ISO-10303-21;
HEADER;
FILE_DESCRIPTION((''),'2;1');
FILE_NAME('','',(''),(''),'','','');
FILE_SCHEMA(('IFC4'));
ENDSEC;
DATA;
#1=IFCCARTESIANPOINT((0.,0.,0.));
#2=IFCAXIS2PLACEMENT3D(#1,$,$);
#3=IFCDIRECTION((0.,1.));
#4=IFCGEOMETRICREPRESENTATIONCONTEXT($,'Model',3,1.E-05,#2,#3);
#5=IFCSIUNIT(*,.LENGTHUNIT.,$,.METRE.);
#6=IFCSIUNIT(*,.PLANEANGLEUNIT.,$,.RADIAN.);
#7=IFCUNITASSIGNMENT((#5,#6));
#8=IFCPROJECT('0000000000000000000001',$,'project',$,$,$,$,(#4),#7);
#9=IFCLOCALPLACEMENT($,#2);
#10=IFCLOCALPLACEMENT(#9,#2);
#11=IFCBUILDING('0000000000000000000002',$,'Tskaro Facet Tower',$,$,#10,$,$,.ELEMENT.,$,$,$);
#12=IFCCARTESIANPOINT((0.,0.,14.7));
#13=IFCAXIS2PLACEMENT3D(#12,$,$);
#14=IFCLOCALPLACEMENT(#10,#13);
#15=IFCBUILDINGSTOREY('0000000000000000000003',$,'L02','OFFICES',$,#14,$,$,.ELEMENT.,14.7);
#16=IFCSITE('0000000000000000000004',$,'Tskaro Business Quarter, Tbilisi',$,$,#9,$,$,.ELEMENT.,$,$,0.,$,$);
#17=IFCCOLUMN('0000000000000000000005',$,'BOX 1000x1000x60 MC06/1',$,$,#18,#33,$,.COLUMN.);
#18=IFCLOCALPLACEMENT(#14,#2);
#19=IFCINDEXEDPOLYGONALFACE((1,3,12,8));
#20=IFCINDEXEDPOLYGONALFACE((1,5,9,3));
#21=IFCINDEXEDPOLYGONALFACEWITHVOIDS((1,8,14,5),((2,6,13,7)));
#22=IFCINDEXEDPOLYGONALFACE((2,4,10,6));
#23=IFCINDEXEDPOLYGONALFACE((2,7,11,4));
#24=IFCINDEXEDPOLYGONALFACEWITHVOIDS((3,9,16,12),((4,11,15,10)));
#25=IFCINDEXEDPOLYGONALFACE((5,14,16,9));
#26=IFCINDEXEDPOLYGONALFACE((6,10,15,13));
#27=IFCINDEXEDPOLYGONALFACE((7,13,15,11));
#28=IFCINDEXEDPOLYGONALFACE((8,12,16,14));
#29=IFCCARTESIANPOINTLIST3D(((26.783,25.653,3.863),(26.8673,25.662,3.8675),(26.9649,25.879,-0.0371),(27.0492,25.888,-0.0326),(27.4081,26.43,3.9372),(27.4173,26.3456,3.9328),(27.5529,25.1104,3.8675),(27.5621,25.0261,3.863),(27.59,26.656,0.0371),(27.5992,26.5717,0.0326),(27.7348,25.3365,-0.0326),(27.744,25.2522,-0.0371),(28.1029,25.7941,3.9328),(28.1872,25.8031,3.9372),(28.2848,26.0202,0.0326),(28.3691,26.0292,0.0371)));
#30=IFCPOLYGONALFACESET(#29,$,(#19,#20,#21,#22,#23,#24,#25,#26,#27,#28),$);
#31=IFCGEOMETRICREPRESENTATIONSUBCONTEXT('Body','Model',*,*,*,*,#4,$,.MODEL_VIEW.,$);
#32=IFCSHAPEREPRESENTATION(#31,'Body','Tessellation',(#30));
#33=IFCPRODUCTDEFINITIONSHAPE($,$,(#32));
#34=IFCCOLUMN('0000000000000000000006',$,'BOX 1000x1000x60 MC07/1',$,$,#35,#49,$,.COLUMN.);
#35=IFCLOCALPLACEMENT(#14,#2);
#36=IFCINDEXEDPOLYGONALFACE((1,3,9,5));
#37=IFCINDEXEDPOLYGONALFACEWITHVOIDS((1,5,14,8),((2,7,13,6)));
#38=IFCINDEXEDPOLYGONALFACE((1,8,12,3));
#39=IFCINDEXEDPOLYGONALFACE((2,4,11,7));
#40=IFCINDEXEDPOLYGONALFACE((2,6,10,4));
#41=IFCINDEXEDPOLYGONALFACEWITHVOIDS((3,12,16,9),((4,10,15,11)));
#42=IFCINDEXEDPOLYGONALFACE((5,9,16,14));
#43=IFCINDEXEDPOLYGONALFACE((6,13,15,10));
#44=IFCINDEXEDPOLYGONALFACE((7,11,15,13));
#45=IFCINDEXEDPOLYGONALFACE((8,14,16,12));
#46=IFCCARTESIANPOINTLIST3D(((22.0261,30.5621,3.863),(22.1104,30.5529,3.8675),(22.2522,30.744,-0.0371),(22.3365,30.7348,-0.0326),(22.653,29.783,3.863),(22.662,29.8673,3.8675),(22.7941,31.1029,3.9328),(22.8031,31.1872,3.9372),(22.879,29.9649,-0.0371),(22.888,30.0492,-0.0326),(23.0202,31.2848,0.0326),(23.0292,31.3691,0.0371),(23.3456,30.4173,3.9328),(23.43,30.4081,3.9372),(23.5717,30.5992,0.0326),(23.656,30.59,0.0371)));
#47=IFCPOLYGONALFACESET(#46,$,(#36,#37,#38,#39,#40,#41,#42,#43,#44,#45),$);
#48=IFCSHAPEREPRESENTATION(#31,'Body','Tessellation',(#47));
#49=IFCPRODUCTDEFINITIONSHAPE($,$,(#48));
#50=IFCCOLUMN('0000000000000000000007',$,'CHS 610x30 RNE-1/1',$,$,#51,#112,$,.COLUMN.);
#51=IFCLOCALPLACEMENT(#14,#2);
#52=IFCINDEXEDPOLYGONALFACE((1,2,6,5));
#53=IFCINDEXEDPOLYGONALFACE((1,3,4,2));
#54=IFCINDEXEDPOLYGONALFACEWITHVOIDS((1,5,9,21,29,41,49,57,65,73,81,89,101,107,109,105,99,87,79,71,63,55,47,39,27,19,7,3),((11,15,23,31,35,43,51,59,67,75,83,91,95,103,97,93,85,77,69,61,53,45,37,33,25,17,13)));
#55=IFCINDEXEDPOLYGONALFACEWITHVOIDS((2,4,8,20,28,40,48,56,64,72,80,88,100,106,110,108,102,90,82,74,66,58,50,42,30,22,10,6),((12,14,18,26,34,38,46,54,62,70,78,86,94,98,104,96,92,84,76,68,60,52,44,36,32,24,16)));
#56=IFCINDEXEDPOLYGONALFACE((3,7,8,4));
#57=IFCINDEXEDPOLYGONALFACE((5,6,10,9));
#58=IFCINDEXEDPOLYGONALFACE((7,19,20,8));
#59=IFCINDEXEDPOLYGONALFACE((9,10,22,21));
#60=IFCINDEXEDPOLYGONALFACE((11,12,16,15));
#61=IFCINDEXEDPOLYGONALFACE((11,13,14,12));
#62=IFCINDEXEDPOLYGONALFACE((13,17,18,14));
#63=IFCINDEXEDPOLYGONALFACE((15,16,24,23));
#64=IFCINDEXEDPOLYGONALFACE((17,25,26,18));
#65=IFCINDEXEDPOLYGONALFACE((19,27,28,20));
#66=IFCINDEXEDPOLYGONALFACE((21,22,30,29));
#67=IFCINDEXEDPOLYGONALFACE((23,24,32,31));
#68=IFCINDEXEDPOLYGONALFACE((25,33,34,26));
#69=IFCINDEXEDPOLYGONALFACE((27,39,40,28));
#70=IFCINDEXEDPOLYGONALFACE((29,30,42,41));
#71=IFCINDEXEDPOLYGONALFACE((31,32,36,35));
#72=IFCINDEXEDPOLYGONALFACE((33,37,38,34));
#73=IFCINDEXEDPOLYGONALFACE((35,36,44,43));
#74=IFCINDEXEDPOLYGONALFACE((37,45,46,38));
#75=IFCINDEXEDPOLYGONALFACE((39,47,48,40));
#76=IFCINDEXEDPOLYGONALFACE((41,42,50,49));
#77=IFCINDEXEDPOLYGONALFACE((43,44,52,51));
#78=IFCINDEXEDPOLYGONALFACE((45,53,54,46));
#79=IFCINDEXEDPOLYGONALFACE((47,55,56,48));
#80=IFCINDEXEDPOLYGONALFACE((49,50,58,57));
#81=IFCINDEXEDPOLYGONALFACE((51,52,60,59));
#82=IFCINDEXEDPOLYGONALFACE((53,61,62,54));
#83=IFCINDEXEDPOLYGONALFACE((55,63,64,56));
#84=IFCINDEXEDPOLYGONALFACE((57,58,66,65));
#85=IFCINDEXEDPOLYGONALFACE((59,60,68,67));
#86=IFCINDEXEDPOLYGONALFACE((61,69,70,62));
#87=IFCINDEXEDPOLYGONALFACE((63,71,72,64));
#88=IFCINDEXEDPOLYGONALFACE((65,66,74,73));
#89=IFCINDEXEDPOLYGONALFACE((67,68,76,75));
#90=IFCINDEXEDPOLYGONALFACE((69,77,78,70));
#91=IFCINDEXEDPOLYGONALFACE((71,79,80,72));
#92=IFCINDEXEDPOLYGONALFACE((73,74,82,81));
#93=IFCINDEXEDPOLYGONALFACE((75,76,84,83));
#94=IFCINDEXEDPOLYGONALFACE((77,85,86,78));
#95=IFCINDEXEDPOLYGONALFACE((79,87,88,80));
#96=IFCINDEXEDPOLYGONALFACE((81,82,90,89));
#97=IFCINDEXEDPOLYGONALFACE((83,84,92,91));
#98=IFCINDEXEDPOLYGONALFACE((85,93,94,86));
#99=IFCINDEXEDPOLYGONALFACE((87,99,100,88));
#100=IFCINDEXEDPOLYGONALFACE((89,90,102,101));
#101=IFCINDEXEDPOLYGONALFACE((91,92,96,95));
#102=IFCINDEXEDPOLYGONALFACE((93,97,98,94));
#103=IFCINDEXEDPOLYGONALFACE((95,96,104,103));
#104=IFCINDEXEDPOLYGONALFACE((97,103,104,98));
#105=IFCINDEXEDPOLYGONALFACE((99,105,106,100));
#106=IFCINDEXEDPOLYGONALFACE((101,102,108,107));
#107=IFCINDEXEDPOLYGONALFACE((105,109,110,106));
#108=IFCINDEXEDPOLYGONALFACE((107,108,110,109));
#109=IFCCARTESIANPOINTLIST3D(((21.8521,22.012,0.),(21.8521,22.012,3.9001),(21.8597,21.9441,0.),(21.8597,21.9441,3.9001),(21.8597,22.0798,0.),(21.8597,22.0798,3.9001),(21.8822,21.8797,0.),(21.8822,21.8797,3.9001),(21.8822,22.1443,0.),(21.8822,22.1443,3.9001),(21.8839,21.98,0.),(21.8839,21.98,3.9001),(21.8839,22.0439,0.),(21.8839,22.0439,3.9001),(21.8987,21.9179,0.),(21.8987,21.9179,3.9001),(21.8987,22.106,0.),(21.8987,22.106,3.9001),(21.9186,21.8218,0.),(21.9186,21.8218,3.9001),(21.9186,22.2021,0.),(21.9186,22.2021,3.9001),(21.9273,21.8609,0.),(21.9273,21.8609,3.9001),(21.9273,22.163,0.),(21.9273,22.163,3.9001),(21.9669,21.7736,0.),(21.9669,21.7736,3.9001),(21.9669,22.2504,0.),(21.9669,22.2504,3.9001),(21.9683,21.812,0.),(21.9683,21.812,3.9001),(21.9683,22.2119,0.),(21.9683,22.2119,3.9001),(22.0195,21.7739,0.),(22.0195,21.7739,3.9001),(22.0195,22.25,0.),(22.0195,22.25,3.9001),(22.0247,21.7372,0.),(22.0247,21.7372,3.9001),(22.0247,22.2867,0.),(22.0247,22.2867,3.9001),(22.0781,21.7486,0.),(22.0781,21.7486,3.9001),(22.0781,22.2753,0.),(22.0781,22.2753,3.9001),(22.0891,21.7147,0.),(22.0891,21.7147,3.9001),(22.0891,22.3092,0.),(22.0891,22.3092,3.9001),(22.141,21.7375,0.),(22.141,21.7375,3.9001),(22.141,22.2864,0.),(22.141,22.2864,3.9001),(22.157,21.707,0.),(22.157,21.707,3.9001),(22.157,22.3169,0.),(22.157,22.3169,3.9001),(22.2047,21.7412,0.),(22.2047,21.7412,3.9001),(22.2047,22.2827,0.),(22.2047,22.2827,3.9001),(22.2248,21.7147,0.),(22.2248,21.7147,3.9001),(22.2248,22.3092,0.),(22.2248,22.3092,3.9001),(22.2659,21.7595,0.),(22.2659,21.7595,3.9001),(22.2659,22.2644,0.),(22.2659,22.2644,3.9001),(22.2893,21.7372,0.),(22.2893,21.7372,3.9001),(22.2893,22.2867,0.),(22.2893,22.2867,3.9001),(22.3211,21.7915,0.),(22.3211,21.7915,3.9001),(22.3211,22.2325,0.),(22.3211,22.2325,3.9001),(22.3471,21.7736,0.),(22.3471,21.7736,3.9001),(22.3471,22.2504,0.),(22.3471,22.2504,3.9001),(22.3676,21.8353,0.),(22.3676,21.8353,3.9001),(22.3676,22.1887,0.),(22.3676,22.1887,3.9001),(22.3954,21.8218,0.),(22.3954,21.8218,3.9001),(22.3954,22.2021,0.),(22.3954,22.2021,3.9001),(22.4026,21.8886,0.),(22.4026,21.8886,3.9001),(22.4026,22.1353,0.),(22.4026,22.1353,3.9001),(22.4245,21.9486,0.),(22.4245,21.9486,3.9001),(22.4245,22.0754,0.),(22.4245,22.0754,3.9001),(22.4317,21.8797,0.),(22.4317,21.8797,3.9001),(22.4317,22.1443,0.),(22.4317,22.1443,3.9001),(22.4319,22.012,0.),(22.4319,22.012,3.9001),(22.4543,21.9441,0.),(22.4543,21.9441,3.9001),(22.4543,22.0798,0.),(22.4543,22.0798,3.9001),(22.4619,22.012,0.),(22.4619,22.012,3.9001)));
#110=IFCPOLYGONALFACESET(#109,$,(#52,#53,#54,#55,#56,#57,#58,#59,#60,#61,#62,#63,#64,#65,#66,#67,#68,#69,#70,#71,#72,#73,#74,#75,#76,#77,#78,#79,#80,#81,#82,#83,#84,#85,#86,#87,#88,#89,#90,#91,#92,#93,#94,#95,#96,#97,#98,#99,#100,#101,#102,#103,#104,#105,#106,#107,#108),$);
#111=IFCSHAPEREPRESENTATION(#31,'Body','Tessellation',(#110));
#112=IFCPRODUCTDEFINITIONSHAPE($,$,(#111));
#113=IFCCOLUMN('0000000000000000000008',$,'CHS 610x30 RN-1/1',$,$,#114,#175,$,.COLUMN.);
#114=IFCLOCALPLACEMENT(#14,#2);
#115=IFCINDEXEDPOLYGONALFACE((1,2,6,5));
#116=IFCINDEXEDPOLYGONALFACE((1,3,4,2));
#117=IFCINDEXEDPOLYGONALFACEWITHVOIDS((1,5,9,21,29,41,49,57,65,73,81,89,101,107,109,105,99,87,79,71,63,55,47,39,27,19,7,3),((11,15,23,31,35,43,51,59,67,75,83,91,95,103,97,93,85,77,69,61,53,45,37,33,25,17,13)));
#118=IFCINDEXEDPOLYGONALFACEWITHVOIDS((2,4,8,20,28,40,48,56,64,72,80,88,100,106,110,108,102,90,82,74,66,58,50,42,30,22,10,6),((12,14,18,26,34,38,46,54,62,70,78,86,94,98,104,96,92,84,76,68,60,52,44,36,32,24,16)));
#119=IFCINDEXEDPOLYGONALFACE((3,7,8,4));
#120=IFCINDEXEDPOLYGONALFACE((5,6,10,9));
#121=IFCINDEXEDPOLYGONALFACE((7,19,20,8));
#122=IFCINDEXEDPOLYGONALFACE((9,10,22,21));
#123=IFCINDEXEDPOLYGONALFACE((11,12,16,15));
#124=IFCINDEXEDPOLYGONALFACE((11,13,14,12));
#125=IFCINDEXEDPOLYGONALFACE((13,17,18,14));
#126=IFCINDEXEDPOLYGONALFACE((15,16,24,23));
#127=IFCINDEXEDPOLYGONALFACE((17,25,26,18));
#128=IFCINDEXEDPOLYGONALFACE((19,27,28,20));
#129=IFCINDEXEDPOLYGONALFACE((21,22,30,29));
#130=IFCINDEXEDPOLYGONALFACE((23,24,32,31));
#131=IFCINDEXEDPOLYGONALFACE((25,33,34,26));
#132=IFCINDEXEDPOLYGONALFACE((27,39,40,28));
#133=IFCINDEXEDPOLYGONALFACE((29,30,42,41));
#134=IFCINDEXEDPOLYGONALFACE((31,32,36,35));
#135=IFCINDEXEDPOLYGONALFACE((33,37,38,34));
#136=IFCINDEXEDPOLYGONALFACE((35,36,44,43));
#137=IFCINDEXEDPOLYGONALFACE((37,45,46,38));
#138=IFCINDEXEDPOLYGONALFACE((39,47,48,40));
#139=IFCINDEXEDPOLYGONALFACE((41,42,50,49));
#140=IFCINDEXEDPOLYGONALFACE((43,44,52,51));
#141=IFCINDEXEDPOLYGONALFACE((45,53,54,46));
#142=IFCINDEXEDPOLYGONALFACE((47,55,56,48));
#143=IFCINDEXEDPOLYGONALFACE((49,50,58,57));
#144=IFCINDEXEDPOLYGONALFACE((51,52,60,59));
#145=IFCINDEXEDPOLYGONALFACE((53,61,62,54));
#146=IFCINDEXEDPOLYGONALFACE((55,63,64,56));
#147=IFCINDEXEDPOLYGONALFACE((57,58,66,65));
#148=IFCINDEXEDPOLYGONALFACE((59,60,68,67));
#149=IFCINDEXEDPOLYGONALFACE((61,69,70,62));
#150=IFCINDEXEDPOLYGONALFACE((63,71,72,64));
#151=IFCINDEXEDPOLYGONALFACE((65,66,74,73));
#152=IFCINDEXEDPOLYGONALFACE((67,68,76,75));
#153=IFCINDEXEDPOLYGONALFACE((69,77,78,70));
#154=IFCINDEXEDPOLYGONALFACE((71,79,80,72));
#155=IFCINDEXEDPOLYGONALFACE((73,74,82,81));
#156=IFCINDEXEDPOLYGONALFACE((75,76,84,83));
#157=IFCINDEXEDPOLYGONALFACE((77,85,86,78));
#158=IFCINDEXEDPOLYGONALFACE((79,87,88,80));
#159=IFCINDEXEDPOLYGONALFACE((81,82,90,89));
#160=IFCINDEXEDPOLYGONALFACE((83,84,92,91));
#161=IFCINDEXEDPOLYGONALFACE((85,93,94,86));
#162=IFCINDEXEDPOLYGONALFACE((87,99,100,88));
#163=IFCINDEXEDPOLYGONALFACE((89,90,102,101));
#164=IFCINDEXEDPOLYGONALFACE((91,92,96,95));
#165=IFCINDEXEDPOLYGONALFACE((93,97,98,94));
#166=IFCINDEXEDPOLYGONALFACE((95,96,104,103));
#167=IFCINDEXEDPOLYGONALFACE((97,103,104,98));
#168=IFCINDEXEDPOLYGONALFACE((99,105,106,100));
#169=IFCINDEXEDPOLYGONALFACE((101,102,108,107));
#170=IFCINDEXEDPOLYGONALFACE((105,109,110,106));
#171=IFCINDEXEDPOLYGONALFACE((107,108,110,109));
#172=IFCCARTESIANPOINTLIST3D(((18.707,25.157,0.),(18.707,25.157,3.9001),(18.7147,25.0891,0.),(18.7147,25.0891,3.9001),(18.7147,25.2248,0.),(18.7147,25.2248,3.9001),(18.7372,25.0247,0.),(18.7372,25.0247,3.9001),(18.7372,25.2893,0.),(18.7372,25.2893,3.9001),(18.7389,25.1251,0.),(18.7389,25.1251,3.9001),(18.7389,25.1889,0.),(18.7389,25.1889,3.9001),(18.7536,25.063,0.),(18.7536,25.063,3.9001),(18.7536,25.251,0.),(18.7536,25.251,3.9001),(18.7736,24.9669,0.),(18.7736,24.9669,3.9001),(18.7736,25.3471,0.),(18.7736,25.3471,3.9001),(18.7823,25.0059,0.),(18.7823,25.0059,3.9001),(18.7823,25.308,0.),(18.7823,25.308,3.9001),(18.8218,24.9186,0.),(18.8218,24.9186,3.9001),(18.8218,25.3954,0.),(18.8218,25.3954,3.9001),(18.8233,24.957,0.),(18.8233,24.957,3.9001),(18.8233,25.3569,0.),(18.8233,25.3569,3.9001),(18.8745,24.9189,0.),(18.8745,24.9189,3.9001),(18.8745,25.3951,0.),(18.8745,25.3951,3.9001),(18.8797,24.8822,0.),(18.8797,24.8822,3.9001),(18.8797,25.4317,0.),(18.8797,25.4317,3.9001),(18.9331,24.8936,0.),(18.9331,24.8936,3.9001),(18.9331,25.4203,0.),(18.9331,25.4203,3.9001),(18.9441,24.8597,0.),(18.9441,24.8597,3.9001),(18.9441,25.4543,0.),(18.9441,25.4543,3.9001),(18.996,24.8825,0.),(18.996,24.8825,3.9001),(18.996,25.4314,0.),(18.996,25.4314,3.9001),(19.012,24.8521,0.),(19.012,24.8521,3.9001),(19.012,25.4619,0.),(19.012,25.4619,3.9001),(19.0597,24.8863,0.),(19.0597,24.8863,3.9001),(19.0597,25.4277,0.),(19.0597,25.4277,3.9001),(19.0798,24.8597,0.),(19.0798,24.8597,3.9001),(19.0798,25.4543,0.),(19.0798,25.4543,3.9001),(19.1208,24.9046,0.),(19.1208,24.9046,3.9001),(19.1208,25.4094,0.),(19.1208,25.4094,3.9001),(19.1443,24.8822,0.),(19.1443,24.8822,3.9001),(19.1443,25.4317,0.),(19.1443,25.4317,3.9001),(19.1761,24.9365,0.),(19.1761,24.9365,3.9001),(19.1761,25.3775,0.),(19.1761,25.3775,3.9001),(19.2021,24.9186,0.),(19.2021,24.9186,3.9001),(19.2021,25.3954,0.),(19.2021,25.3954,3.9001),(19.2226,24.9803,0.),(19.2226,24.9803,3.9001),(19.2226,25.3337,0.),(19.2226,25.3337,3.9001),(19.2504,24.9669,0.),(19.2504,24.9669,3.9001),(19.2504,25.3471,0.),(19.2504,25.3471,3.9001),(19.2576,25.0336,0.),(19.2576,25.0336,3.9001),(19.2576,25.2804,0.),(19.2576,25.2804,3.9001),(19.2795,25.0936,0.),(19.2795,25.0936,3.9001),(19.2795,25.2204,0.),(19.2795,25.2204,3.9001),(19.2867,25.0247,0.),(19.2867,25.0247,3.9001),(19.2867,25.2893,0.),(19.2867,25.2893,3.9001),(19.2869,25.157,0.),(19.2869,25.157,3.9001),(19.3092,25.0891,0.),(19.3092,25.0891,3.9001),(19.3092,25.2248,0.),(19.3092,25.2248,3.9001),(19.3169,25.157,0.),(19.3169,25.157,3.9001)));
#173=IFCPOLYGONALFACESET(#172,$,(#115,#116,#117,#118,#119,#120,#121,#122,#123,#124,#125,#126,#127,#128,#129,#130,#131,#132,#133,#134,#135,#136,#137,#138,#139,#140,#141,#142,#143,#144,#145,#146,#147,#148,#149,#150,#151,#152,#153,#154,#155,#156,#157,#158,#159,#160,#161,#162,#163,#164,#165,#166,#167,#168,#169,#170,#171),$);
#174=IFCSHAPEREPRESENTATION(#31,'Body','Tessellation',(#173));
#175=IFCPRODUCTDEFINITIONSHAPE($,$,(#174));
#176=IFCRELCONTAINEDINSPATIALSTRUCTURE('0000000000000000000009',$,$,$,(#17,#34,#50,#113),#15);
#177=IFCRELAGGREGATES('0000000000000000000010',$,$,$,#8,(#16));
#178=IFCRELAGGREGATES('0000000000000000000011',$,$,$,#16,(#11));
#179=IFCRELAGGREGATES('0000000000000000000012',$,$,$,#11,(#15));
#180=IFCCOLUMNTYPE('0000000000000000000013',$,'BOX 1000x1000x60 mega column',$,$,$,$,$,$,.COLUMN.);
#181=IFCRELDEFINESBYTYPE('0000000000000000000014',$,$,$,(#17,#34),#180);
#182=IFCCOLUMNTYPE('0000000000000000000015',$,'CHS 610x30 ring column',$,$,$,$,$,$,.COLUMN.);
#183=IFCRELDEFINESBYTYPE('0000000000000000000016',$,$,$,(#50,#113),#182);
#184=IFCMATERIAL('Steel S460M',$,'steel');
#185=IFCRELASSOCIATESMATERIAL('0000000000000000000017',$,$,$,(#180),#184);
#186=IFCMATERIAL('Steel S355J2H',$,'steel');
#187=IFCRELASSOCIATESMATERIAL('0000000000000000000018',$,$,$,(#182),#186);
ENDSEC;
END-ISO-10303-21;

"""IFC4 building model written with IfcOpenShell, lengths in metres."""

from ifc_helpers import new_model, si_unit, direction, frame, origin, origin_2d, place, context, subcontext, project, spatial, hollow_rectangle, hollow_circle, extrude, material, material_profile, profile_set, type_object, element, save


model = new_model("IFC4")

# Units and contexts
model_context = context("Model", 3, precision=1e-05, world=origin(), true_north=direction((0.0, 1.0)))
body_context = subcontext(model_context, "Body", "Model", "MODEL_VIEW")
ifc_project = project(units=[si_unit("LENGTHUNIT", "METRE"), si_unit("PLANEANGLEUNIT", "RADIAN")], contexts=[model_context])

# Site, building, storey
site_placement = place(None, origin())
site = spatial("IfcSite", under=ifc_project, at=site_placement, Name="Tskaro Business Quarter, Tbilisi", CompositionType="ELEMENT", RefElevation=0.0)
building_placement = place(site_placement, origin())
building = spatial("IfcBuilding", under=site, at=building_placement, Name="Tskaro Facet Tower", CompositionType="ELEMENT")
storey_placement = place(building_placement, frame((0.0, 0.0, 14.7)))
storey = spatial("IfcBuildingStorey", under=building, at=storey_placement, Name="L02", Description="OFFICES", CompositionType="ELEMENT", Elevation=14.7)

# Columns
ifc_material_1 = material(Name="Steel S460M", Category="steel")
ifc_material_profile_1 = material_profile(ifc_material_1, hollow_rectangle(XDim=1.0, YDim=1.0, WallThickness=0.0601, at=origin_2d()), Name="BOX 1000x1000x60")
ifc_profile_set_1 = profile_set([ifc_material_profile_1], Name="Steel S460M")
column_type_1 = type_object("IfcColumnType", Name="BOX 1000x1000x60 mega column", PredefinedType="COLUMN", material=ifc_profile_set_1)
for number, where, z_axis, x_axis, name in (
    (1, (27.667, 25.9541, 0.0), (-0.046507, -0.057806, 0.997244), (0.779142, -0.626847, 0.0), "BOX 1000x1000x60 MC06/1"),
    (2, (22.9541, 30.667, 0.0), (-0.057806, -0.046507, 0.997244), (0.626847, -0.779142, 0.0), "BOX 1000x1000x60 MC07/1"),
):
    element("IfcColumn", number, at=place(storey_placement, frame(where, z_axis=z_axis, x_axis=x_axis)), inside=storey, type_object=column_type_1, Name=name, PredefinedType="COLUMN", context=body_context, shape_type="SweptSolid", body=[
        extrude(hollow_rectangle(XDim=1.0, YDim=1.0, WallThickness=0.0601, at=origin_2d()), origin(), (0.0, 0.0, 1.0), 3.9109),
    ])
ifc_material_2 = material(Name="Steel S355J2H", Category="steel")
ifc_material_profile_2 = material_profile(ifc_material_2, hollow_circle(Radius=0.3049, WallThickness=0.03, at=origin_2d()), Name="CHS 610x30")
ifc_profile_set_2 = profile_set([ifc_material_profile_2], Name="Steel S355J2H")
column_type_2 = type_object("IfcColumnType", Name="CHS 610x30 ring column", PredefinedType="COLUMN", material=ifc_profile_set_2)
for number, where, z_axis, x_axis, name in (
    (3, (22.157, 22.012, 0.0), (0.0, 0.0, 1.0), (1.0, 0.0, 0.0), "CHS 610x30 RNE-1/1"),
    (4, (19.012, 25.157, 0.0), (0.0, 0.0, 1.0), (1.0, 0.0, 0.0), "CHS 610x30 RN-1/1"),
):
    element("IfcColumn", number, at=place(storey_placement, frame(where, z_axis=z_axis, x_axis=x_axis)), inside=storey, type_object=column_type_2, Name=name, PredefinedType="COLUMN", context=body_context, shape_type="SweptSolid", body=[
        extrude(hollow_circle(Radius=0.3049, WallThickness=0.03, at=origin_2d()), origin(), (0.0, 0.0, 1.0), 3.9001),
    ])

save(model, "model.ifc")
